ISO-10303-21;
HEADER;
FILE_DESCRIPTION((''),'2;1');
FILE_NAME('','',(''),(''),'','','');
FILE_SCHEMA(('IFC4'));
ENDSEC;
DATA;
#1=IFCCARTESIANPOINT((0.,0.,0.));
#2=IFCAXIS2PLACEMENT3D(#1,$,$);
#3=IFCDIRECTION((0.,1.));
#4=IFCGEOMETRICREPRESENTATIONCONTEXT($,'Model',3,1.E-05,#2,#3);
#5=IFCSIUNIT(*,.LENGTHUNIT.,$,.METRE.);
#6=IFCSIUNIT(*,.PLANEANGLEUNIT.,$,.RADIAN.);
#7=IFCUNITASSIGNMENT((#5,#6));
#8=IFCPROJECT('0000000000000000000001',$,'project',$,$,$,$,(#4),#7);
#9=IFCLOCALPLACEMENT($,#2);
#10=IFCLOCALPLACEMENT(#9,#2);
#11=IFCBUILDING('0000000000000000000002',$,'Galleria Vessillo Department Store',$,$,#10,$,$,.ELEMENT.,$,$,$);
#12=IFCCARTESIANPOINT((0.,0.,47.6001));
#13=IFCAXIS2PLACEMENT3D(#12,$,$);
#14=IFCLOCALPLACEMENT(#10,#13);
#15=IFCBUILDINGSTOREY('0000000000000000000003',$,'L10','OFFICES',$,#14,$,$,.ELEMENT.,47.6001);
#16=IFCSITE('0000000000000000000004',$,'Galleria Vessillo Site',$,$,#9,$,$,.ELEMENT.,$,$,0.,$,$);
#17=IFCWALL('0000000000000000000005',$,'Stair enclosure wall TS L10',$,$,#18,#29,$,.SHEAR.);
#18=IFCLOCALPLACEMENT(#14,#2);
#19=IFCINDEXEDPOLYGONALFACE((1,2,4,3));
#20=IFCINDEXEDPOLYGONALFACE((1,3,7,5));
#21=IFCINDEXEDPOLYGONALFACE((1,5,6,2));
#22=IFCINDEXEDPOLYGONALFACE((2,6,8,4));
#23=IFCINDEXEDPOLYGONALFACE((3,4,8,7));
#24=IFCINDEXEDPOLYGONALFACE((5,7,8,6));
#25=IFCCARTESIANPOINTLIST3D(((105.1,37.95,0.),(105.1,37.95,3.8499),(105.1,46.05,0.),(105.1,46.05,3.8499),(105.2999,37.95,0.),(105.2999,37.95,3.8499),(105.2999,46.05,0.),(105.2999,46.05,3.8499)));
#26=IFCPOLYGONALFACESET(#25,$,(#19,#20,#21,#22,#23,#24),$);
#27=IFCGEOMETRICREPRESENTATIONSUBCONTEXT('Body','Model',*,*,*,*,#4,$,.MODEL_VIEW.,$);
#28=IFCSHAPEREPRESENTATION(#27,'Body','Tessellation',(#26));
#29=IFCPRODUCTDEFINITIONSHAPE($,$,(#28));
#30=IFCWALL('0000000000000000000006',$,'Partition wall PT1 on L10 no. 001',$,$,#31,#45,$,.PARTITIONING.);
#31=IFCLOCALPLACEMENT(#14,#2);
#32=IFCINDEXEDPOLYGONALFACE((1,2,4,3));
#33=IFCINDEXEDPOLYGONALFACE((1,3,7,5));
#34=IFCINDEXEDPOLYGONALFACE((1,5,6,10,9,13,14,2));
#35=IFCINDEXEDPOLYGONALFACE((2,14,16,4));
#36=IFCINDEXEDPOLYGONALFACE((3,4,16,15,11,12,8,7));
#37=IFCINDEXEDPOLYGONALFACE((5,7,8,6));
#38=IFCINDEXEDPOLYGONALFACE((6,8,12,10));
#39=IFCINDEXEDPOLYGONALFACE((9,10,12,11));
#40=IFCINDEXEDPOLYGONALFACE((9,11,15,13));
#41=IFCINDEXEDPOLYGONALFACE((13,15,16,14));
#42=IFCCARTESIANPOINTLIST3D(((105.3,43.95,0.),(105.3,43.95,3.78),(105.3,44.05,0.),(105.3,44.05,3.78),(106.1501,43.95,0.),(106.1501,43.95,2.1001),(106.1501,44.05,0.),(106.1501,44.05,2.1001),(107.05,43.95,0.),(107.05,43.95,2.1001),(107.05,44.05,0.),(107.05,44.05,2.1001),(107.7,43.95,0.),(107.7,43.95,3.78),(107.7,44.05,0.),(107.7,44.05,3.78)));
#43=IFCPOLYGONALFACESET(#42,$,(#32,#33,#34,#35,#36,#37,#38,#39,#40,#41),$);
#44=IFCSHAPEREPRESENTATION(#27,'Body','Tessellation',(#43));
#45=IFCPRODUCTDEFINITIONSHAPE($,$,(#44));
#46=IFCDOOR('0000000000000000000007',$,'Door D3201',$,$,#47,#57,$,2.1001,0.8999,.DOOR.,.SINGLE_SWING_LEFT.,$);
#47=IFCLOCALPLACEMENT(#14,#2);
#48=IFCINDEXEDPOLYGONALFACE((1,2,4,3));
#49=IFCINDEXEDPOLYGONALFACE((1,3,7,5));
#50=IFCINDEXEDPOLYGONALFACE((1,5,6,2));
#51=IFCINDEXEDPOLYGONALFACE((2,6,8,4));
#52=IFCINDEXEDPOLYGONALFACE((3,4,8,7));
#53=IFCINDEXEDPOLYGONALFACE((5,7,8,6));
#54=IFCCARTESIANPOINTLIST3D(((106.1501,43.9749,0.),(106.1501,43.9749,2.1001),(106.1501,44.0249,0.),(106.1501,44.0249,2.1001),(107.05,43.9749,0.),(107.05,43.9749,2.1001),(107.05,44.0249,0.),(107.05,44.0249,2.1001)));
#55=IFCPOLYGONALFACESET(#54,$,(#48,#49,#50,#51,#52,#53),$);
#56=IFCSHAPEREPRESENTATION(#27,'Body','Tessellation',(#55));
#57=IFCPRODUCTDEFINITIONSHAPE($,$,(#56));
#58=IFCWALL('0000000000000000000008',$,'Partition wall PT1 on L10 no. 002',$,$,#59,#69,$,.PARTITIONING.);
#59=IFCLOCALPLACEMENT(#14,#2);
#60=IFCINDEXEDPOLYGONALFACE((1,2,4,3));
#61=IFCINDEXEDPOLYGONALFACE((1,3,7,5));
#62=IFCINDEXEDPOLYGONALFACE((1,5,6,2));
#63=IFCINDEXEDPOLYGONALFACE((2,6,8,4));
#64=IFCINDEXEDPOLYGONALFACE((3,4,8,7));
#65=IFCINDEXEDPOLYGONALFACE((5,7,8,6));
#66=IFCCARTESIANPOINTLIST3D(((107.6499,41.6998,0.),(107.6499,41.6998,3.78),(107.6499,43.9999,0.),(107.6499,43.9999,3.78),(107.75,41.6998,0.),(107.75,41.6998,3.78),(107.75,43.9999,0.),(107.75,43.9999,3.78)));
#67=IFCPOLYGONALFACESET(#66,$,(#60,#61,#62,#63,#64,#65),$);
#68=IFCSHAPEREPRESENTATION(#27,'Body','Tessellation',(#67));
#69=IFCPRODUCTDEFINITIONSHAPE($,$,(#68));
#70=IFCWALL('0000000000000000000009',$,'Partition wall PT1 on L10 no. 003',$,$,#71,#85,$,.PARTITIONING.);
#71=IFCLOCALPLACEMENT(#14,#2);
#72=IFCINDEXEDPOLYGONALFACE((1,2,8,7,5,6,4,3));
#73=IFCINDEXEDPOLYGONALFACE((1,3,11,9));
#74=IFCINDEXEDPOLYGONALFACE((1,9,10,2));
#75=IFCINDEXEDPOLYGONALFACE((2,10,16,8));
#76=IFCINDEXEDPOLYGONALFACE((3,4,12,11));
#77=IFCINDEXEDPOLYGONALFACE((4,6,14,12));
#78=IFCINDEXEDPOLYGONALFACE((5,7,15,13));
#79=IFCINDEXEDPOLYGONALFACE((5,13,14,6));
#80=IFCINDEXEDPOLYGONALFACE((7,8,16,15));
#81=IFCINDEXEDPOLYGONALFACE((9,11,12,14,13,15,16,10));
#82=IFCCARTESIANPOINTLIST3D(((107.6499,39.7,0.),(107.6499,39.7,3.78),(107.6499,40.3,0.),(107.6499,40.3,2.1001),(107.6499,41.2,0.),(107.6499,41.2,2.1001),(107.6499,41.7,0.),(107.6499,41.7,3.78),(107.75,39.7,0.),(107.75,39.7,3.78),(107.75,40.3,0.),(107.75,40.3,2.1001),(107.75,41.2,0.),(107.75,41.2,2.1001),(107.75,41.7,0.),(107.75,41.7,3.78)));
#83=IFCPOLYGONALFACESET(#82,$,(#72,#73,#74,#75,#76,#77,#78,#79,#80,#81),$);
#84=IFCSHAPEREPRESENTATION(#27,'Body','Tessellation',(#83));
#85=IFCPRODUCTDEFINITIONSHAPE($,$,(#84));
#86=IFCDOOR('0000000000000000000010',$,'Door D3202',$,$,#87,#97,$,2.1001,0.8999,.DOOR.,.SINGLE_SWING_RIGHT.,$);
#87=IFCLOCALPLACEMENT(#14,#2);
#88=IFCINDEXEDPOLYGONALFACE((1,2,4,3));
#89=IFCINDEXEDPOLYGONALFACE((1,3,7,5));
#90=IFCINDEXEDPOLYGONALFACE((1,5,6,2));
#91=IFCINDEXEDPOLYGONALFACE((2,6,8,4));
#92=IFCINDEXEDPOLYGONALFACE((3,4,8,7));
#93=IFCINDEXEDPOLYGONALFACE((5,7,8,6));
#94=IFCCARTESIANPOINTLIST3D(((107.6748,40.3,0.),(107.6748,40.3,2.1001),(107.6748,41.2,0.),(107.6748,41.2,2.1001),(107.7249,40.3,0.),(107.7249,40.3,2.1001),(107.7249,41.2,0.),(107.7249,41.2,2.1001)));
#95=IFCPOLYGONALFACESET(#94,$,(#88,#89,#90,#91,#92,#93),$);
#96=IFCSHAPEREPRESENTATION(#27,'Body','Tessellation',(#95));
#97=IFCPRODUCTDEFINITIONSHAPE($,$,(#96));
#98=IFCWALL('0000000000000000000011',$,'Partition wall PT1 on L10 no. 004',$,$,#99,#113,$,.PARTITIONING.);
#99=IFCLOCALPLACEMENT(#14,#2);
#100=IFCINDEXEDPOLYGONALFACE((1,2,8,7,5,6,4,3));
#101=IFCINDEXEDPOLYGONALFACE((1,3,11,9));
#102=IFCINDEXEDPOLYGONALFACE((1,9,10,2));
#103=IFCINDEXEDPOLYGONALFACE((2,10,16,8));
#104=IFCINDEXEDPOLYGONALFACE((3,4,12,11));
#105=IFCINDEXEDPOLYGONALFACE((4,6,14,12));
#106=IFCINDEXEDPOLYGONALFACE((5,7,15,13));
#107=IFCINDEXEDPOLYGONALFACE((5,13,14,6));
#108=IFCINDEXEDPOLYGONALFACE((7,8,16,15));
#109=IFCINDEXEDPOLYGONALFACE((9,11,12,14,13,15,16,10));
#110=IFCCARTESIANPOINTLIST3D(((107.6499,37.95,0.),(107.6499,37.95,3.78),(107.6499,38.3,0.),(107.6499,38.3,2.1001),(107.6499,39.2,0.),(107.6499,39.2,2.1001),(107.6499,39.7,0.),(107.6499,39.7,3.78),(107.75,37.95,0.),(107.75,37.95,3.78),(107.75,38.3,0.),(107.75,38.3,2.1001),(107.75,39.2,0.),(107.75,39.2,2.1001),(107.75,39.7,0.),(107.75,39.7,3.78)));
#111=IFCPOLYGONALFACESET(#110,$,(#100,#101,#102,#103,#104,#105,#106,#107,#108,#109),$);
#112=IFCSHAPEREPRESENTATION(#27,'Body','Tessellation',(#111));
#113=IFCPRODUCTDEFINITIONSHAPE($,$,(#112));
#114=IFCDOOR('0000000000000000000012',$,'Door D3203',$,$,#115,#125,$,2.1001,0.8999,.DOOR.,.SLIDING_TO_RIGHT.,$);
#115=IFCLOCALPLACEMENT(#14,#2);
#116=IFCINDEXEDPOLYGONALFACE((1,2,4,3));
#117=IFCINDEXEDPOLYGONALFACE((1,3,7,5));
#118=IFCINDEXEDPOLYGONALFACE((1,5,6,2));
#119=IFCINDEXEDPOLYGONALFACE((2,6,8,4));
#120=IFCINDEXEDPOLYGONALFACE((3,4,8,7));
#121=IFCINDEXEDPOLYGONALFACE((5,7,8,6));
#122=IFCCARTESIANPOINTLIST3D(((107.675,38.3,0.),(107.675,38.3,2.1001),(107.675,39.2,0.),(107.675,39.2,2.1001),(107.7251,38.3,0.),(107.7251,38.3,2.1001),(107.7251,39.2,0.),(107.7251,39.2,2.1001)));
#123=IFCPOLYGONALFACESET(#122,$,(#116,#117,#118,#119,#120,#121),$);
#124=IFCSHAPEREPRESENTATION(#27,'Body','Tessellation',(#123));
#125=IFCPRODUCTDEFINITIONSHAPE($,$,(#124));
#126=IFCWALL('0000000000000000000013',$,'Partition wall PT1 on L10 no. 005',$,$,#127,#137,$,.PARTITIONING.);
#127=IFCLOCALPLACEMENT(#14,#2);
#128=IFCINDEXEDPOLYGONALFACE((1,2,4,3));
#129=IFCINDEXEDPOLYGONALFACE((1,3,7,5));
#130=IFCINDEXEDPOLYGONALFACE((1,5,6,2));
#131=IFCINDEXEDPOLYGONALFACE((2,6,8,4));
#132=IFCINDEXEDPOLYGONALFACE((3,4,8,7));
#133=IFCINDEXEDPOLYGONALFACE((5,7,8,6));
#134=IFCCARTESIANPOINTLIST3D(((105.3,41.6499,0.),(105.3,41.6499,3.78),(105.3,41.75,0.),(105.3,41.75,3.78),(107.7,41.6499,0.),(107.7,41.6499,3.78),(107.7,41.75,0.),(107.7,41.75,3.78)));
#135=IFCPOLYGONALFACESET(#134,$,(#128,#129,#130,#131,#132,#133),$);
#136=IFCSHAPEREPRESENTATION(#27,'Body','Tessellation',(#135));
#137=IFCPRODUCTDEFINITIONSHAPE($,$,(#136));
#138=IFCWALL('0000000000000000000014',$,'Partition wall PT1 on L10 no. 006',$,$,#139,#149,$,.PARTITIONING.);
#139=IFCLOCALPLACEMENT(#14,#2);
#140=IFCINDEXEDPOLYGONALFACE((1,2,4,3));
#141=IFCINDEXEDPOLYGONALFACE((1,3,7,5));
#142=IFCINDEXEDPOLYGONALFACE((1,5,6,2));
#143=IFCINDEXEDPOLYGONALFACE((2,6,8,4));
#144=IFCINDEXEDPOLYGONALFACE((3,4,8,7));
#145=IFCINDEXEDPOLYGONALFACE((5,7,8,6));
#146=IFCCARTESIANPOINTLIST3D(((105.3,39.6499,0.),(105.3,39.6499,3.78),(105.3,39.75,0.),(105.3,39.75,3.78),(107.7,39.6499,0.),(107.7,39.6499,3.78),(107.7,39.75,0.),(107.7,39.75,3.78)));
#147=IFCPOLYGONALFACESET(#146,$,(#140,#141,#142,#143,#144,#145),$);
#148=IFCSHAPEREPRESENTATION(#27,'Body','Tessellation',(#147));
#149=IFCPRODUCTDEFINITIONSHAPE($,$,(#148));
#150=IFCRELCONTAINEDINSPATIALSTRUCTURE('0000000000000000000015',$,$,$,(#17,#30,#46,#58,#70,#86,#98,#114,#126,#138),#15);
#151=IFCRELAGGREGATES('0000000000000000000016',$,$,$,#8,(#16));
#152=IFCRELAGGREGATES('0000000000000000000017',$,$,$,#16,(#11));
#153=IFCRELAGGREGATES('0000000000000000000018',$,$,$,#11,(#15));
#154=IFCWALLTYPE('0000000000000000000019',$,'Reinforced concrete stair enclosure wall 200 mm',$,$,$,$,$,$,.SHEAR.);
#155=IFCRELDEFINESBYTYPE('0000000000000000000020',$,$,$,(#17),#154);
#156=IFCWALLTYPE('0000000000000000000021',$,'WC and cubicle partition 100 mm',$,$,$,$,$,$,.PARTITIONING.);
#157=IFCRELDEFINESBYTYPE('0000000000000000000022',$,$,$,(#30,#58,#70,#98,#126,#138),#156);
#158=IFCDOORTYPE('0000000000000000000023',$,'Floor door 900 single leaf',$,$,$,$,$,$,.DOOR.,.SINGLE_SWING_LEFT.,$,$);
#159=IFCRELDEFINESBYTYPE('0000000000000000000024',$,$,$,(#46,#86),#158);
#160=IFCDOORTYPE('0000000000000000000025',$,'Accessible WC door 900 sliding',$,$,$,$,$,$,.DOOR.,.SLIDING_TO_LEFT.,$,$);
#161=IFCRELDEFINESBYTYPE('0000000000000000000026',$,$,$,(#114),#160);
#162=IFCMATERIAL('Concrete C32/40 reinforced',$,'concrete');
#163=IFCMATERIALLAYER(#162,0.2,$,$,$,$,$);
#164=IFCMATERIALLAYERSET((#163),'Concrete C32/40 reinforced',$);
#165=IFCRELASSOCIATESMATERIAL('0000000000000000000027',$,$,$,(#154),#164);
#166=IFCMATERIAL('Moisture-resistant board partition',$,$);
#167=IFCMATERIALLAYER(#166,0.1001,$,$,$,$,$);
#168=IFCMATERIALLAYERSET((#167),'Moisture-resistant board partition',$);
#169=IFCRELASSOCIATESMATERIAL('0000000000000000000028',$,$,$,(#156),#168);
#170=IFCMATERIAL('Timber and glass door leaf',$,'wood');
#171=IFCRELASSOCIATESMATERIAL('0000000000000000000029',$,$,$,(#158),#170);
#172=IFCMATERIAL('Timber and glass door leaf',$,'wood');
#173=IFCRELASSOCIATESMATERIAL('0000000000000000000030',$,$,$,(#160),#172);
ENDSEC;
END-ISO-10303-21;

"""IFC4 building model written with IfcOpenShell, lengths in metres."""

from ifc_helpers import new_model, si_unit, direction, frame, frame_2d, origin, place, context, subcontext, project, spatial, rectangle, extrude, material, layer, layer_set, type_object, element, fill, save


model = new_model("IFC4")

# Units and contexts
model_context = context("Model", 3, precision=1e-05, world=origin(), true_north=direction((0.0, 1.0)))
body_context = subcontext(model_context, "Body", "Model", "MODEL_VIEW")
ifc_project = project(units=[si_unit("LENGTHUNIT", "METRE"), si_unit("PLANEANGLEUNIT", "RADIAN")], contexts=[model_context])

# Site, building, storey
site_placement = place(None, origin())
site = spatial("IfcSite", under=ifc_project, at=site_placement, Name="Galleria Vessillo Site", CompositionType="ELEMENT", RefElevation=0.0)
building_placement = place(site_placement, origin())
building = spatial("IfcBuilding", under=site, at=building_placement, Name="Galleria Vessillo Department Store", CompositionType="ELEMENT")
storey_placement = place(building_placement, frame((0.0, 0.0, 47.6001)))
storey = spatial("IfcBuildingStorey", under=building, at=storey_placement, Name="L10", Description="OFFICES", CompositionType="ELEMENT", Elevation=47.6001)

# Wall
ifc_material_1 = material(Name="Concrete C32/40 reinforced", Category="concrete")
ifc_layer_1 = layer(ifc_material_1, 0.2)
ifc_layer_set_1 = layer_set([ifc_layer_1], Name="Concrete C32/40 reinforced")
wall_type_1 = type_object("IfcWallType", Name="Reinforced concrete stair enclosure wall 200 mm", PredefinedType="SHEAR", material=ifc_layer_set_1)
wall_1_placement = place(storey_placement, frame((105.2, 37.95, 0.0), z_axis=(0.0, 0.0, 1.0), x_axis=(0.0, 1.0, 0.0)))
element("IfcWall", 1, at=wall_1_placement, inside=storey, type_object=wall_type_1, Name="Stair enclosure wall TS L10", PredefinedType="SHEAR", context=body_context, shape_type="SweptSolid", body=[
    extrude(rectangle(XDim=8.1001, YDim=0.2, at=frame_2d((4.05, 0.0))), origin(), (0.0, 0.0, 1.0), 3.8499),
])

# Wall, opening, door
ifc_material_2 = material(Name="Moisture-resistant board partition")
ifc_layer_2 = layer(ifc_material_2, 0.1001)
ifc_layer_set_2 = layer_set([ifc_layer_2], Name="Moisture-resistant board partition")
wall_type_2 = type_object("IfcWallType", Name="WC and cubicle partition 100 mm", PredefinedType="PARTITIONING", material=ifc_layer_set_2)
wall_2_placement = place(storey_placement, frame((105.3, 44.0, 0.0), z_axis=(0.0, 0.0, 1.0), x_axis=(1.0, 0.0, 0.0)))
wall_2 = element("IfcWall", 2, at=wall_2_placement, inside=storey, type_object=wall_type_2, Name="Partition wall PT1 on L10 no. 001", PredefinedType="PARTITIONING", context=body_context, shape_type="SweptSolid", body=[
    extrude(rectangle(XDim=2.3999, YDim=0.1001, at=frame_2d((1.2, 0.0))), origin(), (0.0, 0.0, 1.0), 3.78),
])
opening_1_placement = place(wall_2_placement, frame((0.8501, 0.0, 0.0)))
opening_1 = element("IfcOpeningElement", 3, at=opening_1_placement, cuts=wall_2, PredefinedType="OPENING", context=body_context, shape_type="SweptSolid", body=[
    extrude(rectangle(XDim=0.8999, YDim=2.1001, at=frame_2d((0.45, 1.05))), frame((0.0, 0.0601, 0.0), z_axis=(0.0, -1.0, 0.0), x_axis=(1.0, 0.0, 0.0)), (0.0, 0.0, 1.0), 0.1201),
])
ifc_material_3 = material(Name="Timber and glass door leaf", Category="wood")
door_type_1 = type_object("IfcDoorType", Name="Floor door 900 single leaf", OperationType="SINGLE_SWING_LEFT", PredefinedType="DOOR", material=ifc_material_3)
door_1_placement = place(opening_1_placement, origin())
door_1 = element("IfcDoor", 4, at=door_1_placement, inside=storey, type_object=door_type_1, Name="Door D3201", OperationType="SINGLE_SWING_LEFT", OverallHeight=2.1001, OverallWidth=0.8999, PredefinedType="DOOR", context=body_context, shape_type="SweptSolid", body=[
    extrude(rectangle(XDim=0.8999, YDim=2.1001, at=frame_2d((0.45, 1.05))), frame((0.0, 0.0249, 0.0), z_axis=(0.0, -1.0, 0.0), x_axis=(1.0, 0.0, 0.0)), (0.0, 0.0, 1.0), 0.05),
])
fill(opening_1, door_1)

# Wall
wall_3_placement = place(storey_placement, frame((107.7, 41.7, 0.0), z_axis=(0.0, 0.0, 1.0), x_axis=(0.0, 1.0, 0.0)))
element("IfcWall", 5, at=wall_3_placement, inside=storey, type_object=wall_type_2, Name="Partition wall PT1 on L10 no. 002", PredefinedType="PARTITIONING", context=body_context, shape_type="SweptSolid", body=[
    extrude(rectangle(XDim=2.3, YDim=0.1001, at=frame_2d((1.1499, 0.0))), origin(), (0.0, 0.0, 1.0), 3.78),
])

# Walls, openings, doors
wall_4_placement = place(storey_placement, frame((107.7, 39.7, 0.0), z_axis=(0.0, 0.0, 1.0), x_axis=(0.0, 1.0, 0.0)))
wall_4 = element("IfcWall", 6, at=wall_4_placement, inside=storey, type_object=wall_type_2, Name="Partition wall PT1 on L10 no. 003", PredefinedType="PARTITIONING", context=body_context, shape_type="SweptSolid", body=[
    extrude(rectangle(XDim=2.0, YDim=0.1001, at=frame_2d((1.0, 0.0))), origin(), (0.0, 0.0, 1.0), 3.78),
])
opening_2_placement = place(wall_4_placement, frame((0.6001, 0.0, 0.0)))
opening_2 = element("IfcOpeningElement", 7, at=opening_2_placement, cuts=wall_4, PredefinedType="OPENING", context=body_context, shape_type="SweptSolid", body=[
    extrude(rectangle(XDim=0.8999, YDim=2.1001, at=frame_2d((0.45, 1.05))), frame((0.0, 0.0601, 0.0), z_axis=(0.0, -1.0, 0.0), x_axis=(1.0, 0.0, 0.0)), (0.0, 0.0, 1.0), 0.1201),
])
door_2_placement = place(opening_2_placement, frame((0.8999, 0.0, 0.0), z_axis=(0.0, 0.0, 1.0), x_axis=(-1.0, 0.0, 0.0)))
door_2 = element("IfcDoor", 8, at=door_2_placement, inside=storey, type_object=door_type_1, Name="Door D3202", OperationType="SINGLE_SWING_RIGHT", OverallHeight=2.1001, OverallWidth=0.8999, PredefinedType="DOOR", context=body_context, shape_type="SweptSolid", body=[
    extrude(rectangle(XDim=0.8999, YDim=2.1001, at=frame_2d((0.45, 1.05))), frame((0.0, 0.0249, 0.0), z_axis=(0.0, -1.0, 0.0), x_axis=(1.0, 0.0, 0.0)), (0.0, 0.0, 1.0), 0.05),
])
fill(opening_2, door_2)
wall_5_placement = place(storey_placement, frame((107.7, 37.95, 0.0), z_axis=(0.0, 0.0, 1.0), x_axis=(0.0, 1.0, 0.0)))
wall_5 = element("IfcWall", 9, at=wall_5_placement, inside=storey, type_object=wall_type_2, Name="Partition wall PT1 on L10 no. 004", PredefinedType="PARTITIONING", context=body_context, shape_type="SweptSolid", body=[
    extrude(rectangle(XDim=1.75, YDim=0.1001, at=frame_2d((0.875, 0.0))), origin(), (0.0, 0.0, 1.0), 3.78),
])
opening_3_placement = place(wall_5_placement, frame((0.3501, 0.0, 0.0)))
opening_3 = element("IfcOpeningElement", 10, at=opening_3_placement, cuts=wall_5, PredefinedType="OPENING", context=body_context, shape_type="SweptSolid", body=[
    extrude(rectangle(XDim=0.8999, YDim=2.1001, at=frame_2d((0.45, 1.05))), frame((0.0, 0.0601, 0.0), z_axis=(0.0, -1.0, 0.0), x_axis=(1.0, 0.0, 0.0)), (0.0, 0.0, 1.0), 0.1201),
])
ifc_material_4 = material(Name="Timber and glass door leaf", Category="wood")
door_type_2 = type_object("IfcDoorType", Name="Accessible WC door 900 sliding", OperationType="SLIDING_TO_LEFT", PredefinedType="DOOR", material=ifc_material_4)
door_3_placement = place(opening_3_placement, origin())
door_3 = element("IfcDoor", 11, at=door_3_placement, inside=storey, type_object=door_type_2, Name="Door D3203", OperationType="SLIDING_TO_RIGHT", OverallHeight=2.1001, OverallWidth=0.8999, PredefinedType="DOOR", context=body_context, shape_type="SweptSolid", body=[
    extrude(rectangle(XDim=0.8999, YDim=2.1001, at=frame_2d((0.45, 1.05))), frame((0.0, 0.0249, 0.0), z_axis=(0.0, -1.0, 0.0), x_axis=(1.0, 0.0, 0.0)), (0.0, 0.0, 1.0), 0.05),
])
fill(opening_3, door_3)

# Walls
for number, where, z_axis, x_axis, name in (
    (12, (105.3, 41.7, 0.0), (0.0, 0.0, 1.0), (1.0, 0.0, 0.0), "Partition wall PT1 on L10 no. 005"),
    (13, (105.3, 39.7, 0.0), (0.0, 0.0, 1.0), (1.0, 0.0, 0.0), "Partition wall PT1 on L10 no. 006"),
):
    element("IfcWall", number, at=place(storey_placement, frame(where, z_axis=z_axis, x_axis=x_axis)), inside=storey, type_object=wall_type_2, Name=name, PredefinedType="PARTITIONING", context=body_context, shape_type="SweptSolid", body=[
        extrude(rectangle(XDim=2.3999, YDim=0.1001, at=frame_2d((1.2, 0.0))), origin(), (0.0, 0.0, 1.0), 3.78),
    ])

save(model, "model.ifc")
